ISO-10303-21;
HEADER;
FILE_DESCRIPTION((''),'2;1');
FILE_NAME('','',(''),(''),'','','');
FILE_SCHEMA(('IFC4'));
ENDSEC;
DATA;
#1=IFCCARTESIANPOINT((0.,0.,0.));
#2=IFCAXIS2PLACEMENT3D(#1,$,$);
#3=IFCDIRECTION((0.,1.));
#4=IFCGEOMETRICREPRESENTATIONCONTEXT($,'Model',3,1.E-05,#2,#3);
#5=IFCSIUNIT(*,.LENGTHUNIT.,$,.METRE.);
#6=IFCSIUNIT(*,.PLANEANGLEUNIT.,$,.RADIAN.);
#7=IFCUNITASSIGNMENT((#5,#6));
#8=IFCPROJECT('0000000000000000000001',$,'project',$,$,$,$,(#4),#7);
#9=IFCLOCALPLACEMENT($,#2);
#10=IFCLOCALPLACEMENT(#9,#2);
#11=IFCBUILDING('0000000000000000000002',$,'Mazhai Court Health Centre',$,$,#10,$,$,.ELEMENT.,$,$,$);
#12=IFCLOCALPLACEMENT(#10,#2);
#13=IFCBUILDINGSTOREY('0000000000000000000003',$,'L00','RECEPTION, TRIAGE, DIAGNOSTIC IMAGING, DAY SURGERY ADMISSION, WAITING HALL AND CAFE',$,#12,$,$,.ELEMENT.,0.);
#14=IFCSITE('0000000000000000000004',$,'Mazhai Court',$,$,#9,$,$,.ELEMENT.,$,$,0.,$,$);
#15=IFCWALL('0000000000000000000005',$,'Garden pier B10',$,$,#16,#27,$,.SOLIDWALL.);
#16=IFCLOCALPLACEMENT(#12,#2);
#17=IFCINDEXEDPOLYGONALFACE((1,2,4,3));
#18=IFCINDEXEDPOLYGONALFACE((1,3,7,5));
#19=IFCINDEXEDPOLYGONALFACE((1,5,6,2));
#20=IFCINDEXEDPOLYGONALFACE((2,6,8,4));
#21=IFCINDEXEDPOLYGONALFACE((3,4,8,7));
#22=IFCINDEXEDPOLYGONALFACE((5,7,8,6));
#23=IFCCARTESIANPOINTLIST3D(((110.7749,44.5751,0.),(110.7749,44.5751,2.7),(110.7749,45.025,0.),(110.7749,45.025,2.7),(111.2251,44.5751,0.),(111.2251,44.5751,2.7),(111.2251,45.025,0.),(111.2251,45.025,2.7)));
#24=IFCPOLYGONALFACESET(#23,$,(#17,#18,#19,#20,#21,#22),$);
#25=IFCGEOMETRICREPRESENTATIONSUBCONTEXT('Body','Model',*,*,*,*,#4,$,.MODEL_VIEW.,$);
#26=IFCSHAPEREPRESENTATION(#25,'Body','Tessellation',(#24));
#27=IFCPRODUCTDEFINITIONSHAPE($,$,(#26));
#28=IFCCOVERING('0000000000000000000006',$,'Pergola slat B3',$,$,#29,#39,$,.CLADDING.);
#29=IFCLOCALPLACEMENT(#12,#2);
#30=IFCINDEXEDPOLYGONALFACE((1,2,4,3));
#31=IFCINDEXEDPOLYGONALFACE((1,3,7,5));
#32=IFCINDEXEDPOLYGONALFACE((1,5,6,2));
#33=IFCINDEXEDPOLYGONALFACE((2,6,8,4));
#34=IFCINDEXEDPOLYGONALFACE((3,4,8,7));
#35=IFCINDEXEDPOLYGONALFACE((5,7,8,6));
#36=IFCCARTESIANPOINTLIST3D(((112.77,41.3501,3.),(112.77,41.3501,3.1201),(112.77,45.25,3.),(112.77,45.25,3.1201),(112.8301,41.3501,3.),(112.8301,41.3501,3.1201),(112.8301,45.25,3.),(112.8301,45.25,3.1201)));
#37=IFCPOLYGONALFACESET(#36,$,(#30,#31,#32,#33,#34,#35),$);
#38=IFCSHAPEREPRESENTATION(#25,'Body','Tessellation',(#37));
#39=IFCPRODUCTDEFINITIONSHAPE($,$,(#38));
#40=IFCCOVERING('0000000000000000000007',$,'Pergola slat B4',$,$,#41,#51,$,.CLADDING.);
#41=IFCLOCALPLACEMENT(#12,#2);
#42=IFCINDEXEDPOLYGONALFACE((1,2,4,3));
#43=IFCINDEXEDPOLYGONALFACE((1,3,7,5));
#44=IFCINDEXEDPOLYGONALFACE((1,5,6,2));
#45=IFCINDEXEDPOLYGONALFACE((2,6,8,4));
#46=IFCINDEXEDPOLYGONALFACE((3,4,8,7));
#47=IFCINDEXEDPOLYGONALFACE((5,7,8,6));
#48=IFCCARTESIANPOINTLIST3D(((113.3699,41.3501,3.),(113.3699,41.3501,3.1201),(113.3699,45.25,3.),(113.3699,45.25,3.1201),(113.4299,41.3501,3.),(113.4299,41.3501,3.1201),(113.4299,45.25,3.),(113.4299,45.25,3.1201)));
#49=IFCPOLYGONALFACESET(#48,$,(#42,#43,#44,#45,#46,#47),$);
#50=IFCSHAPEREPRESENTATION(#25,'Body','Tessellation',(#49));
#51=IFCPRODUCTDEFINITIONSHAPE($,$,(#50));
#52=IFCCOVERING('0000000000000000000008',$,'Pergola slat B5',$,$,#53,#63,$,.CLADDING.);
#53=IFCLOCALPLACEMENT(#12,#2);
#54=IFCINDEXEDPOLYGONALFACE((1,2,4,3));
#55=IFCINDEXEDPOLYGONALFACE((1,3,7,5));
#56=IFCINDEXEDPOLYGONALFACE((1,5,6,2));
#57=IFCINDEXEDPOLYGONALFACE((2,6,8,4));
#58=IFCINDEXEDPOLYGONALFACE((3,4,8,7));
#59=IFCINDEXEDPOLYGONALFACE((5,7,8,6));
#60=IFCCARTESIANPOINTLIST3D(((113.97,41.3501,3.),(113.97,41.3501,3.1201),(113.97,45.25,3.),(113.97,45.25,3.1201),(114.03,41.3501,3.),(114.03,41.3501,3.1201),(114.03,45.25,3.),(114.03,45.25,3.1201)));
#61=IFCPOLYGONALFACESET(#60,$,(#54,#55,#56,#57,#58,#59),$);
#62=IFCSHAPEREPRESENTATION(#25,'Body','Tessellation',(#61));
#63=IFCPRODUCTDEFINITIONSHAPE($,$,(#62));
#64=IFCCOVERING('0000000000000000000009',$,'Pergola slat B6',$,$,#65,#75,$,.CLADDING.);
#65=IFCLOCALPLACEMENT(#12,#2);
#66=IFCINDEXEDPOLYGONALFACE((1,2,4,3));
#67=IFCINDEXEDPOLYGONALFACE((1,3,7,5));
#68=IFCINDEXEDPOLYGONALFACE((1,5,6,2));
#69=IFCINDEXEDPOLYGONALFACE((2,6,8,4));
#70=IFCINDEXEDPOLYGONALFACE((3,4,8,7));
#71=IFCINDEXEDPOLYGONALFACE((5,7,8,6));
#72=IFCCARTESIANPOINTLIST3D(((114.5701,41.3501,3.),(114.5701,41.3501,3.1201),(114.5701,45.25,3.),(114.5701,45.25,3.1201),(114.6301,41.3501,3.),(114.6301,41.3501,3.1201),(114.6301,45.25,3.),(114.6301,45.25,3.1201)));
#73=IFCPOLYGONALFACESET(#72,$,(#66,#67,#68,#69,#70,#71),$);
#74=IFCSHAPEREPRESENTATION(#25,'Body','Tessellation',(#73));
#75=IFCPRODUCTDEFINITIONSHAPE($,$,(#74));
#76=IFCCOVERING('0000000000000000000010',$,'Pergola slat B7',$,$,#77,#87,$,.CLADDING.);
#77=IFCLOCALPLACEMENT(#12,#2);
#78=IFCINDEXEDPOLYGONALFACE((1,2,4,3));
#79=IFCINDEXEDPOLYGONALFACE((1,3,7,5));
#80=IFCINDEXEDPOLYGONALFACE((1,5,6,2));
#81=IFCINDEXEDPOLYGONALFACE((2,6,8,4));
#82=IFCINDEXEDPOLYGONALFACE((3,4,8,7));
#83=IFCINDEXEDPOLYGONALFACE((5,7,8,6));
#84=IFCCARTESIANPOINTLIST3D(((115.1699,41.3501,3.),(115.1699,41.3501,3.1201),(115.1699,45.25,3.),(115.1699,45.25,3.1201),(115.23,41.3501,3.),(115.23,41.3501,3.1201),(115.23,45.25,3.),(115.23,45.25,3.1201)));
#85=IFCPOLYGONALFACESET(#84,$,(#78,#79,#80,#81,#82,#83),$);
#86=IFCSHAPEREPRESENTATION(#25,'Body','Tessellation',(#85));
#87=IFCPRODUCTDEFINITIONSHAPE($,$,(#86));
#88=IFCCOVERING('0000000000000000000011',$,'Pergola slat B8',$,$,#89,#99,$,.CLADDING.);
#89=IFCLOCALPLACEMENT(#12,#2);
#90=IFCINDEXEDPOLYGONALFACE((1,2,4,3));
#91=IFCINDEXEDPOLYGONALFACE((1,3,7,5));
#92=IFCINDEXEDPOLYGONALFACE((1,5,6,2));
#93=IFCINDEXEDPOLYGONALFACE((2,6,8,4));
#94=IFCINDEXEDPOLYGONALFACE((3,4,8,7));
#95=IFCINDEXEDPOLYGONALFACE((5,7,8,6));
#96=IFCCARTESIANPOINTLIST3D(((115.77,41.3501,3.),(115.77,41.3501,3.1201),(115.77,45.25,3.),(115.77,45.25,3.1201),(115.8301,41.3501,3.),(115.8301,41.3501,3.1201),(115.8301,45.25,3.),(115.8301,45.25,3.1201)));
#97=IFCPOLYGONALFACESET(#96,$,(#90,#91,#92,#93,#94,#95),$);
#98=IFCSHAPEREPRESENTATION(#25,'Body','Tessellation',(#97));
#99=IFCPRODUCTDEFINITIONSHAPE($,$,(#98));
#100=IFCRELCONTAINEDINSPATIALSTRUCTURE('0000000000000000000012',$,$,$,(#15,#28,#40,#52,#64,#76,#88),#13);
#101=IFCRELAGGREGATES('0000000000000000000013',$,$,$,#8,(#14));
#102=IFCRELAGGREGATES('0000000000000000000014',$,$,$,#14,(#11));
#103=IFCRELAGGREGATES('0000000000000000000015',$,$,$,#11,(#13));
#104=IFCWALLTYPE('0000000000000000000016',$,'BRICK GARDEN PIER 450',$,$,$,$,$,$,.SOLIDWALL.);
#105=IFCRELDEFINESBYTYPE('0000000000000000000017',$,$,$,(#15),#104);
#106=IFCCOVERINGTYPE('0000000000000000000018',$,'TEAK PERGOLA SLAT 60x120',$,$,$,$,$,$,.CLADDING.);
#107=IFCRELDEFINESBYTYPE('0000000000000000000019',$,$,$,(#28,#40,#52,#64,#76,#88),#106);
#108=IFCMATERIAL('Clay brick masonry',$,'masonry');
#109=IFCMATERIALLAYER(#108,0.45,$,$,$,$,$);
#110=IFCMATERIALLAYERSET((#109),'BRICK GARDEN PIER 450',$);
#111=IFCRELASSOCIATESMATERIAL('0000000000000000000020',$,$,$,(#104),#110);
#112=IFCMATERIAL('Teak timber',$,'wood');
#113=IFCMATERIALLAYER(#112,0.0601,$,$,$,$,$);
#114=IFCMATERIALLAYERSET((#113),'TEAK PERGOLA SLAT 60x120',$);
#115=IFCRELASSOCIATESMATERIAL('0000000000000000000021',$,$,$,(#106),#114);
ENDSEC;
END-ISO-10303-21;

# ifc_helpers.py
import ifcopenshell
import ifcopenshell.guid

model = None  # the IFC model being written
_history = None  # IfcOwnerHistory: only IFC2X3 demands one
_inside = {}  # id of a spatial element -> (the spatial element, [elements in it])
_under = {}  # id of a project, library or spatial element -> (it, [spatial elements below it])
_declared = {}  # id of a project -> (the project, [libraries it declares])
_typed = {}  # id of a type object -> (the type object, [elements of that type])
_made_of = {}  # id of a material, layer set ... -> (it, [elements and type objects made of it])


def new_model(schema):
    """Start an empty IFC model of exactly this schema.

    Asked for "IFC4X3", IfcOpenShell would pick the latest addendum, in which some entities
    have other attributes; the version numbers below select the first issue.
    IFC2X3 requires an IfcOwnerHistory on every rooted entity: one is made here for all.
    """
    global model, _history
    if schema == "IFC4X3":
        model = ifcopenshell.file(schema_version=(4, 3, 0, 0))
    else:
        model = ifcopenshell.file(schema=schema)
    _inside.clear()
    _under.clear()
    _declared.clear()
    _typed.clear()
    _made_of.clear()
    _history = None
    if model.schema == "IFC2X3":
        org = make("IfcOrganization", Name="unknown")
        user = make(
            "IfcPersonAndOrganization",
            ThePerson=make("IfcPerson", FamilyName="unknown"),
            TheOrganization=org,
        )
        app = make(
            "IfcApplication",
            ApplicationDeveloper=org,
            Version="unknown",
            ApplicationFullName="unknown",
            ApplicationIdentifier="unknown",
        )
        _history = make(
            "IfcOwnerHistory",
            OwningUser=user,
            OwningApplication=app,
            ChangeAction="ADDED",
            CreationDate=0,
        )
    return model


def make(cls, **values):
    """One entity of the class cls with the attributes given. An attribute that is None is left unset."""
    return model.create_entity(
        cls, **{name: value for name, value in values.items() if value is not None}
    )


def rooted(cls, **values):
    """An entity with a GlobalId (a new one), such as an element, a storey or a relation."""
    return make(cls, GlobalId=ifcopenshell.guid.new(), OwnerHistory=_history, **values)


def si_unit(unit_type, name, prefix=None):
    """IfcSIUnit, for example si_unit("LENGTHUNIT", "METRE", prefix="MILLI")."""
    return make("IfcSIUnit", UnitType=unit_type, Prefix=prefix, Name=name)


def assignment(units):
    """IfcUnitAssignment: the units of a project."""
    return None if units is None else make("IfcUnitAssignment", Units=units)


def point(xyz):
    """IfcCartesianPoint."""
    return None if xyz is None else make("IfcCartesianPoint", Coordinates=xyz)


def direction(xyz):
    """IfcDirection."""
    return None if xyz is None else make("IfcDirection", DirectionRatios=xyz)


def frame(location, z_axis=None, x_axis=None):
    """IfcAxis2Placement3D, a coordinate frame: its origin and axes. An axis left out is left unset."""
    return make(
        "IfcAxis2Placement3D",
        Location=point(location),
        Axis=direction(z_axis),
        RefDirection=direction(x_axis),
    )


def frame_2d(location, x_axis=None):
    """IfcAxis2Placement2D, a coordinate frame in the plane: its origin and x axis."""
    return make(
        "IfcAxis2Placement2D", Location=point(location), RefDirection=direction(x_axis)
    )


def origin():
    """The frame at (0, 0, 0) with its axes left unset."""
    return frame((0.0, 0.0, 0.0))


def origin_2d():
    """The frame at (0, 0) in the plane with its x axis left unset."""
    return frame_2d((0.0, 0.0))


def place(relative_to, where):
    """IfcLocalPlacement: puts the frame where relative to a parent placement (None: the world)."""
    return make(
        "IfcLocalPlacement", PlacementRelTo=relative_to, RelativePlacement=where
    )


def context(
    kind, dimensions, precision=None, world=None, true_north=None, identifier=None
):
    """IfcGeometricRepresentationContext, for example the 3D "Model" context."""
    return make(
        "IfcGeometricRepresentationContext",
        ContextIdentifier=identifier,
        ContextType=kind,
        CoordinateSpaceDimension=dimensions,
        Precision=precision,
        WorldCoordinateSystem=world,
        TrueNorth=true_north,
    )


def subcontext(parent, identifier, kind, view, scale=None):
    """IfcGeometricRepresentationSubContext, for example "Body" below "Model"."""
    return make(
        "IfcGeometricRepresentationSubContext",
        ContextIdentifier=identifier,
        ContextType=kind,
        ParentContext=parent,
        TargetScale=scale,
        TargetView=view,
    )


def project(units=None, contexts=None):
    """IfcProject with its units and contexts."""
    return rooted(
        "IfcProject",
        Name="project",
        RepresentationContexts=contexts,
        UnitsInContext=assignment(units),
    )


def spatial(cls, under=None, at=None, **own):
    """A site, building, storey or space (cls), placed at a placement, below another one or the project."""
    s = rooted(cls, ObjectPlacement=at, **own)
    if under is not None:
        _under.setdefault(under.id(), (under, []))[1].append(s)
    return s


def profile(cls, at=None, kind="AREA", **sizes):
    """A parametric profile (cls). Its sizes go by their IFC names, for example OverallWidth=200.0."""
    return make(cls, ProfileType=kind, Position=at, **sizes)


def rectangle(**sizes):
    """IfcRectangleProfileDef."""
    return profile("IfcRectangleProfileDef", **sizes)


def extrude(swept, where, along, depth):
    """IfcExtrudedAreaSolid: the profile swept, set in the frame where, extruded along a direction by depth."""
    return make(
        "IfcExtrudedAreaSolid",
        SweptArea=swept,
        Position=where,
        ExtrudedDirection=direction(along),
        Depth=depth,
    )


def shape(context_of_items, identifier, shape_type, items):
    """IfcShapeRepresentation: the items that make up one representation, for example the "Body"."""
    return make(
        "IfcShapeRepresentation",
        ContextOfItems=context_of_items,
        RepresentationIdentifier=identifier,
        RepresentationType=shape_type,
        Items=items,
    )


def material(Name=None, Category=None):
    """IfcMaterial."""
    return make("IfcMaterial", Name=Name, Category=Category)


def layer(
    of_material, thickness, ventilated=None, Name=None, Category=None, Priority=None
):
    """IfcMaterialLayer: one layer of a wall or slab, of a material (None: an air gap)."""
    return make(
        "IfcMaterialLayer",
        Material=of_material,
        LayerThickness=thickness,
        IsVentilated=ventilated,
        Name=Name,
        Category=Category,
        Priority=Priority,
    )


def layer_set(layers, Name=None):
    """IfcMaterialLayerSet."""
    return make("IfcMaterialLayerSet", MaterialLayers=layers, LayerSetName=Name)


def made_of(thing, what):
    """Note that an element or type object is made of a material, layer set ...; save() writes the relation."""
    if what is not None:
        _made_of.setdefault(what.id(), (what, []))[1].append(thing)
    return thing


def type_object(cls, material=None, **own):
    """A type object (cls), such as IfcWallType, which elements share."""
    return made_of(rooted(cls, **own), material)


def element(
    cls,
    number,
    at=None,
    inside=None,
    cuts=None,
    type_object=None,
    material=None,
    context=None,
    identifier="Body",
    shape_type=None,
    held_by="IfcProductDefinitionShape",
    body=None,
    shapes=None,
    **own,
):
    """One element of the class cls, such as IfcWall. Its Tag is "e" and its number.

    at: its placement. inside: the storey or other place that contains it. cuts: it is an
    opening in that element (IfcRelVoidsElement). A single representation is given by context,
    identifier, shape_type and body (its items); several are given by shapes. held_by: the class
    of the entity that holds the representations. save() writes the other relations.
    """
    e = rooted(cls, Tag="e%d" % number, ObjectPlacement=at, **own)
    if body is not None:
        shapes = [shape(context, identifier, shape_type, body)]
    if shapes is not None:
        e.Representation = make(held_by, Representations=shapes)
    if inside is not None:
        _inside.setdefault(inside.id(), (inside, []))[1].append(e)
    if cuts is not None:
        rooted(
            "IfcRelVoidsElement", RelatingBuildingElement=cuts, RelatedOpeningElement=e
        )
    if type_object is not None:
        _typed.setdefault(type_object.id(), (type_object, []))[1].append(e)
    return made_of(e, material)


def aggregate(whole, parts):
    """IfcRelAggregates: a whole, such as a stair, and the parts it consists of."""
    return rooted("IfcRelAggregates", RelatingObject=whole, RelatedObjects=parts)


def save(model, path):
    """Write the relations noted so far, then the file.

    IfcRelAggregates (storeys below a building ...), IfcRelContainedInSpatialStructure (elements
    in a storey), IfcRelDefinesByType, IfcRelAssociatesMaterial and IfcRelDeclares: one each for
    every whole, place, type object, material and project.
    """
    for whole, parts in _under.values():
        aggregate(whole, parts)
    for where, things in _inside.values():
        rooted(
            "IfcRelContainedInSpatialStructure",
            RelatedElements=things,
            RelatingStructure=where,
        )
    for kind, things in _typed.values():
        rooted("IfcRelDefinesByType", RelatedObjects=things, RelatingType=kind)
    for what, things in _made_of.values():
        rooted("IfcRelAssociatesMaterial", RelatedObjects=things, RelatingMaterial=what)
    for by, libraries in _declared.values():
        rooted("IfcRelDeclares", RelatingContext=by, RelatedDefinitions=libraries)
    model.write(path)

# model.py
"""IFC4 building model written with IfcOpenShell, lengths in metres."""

from ifc_helpers import new_model, si_unit, direction, frame, frame_2d, origin, origin_2d, place, context, subcontext, project, spatial, rectangle, extrude, material, layer, layer_set, type_object, element, save


model = new_model("IFC4")

# Units and contexts
model_context = context("Model", 3, precision=1e-05, world=origin(), true_north=direction((0.0, 1.0)))
body_context = subcontext(model_context, "Body", "Model", "MODEL_VIEW")
ifc_project = project(units=[si_unit("LENGTHUNIT", "METRE"), si_unit("PLANEANGLEUNIT", "RADIAN")], contexts=[model_context])

# Site, building, storey
site_placement = place(None, origin())
site = spatial("IfcSite", under=ifc_project, at=site_placement, Name="Mazhai Court", CompositionType="ELEMENT", RefElevation=0.0)
building_placement = place(site_placement, origin())
building = spatial("IfcBuilding", under=site, at=building_placement, Name="Mazhai Court Health Centre", CompositionType="ELEMENT")
storey_placement = place(building_placement, origin())
storey = spatial("IfcBuildingStorey", under=building, at=storey_placement, Name="L00", Description="RECEPTION, TRIAGE, DIAGNOSTIC IMAGING, DAY SURGERY ADMISSION, WAITING HALL AND CAFE", CompositionType="ELEMENT", Elevation=0.0)

# Wall
ifc_material_1 = material(Name="Clay brick masonry", Category="masonry")
ifc_layer_1 = layer(ifc_material_1, 0.45)
ifc_layer_set_1 = layer_set([ifc_layer_1], Name="BRICK GARDEN PIER 450")
wall_type = type_object("IfcWallType", Name="BRICK GARDEN PIER 450", PredefinedType="SOLIDWALL", material=ifc_layer_set_1)
wall_placement = place(storey_placement, frame((110.7749, 44.8, 0.0), z_axis=(0.0, 0.0, 1.0), x_axis=(1.0, 0.0, 0.0)))
element("IfcWall", 1, at=wall_placement, inside=storey, type_object=wall_type, Name="Garden pier B10", PredefinedType="SOLIDWALL", context=body_context, shape_type="SweptSolid", body=[
    extrude(rectangle(XDim=0.4502, YDim=0.45, at=frame_2d((0.2251, 0.0))), origin(), (0.0, 0.0, 1.0), 2.7),
])

# Coverings
ifc_material_2 = material(Name="Teak timber", Category="wood")
ifc_layer_2 = layer(ifc_material_2, 0.0601)
ifc_layer_set_2 = layer_set([ifc_layer_2], Name="TEAK PERGOLA SLAT 60x120")
covering_type = type_object("IfcCoveringType", Name="TEAK PERGOLA SLAT 60x120", PredefinedType="CLADDING", material=ifc_layer_set_2)
for number, where, z_axis, x_axis, name in (
    (2, (112.8, 43.3, 3.0), (0.0, 0.0, 1.0), (1.0, 0.0, 0.0), "Pergola slat B3"),
    (3, (113.3999, 43.3, 3.0), (0.0, 0.0, 1.0), (1.0, 0.0, 0.0), "Pergola slat B4"),
    (4, (114.0, 43.3, 3.0), (0.0, 0.0, 1.0), (1.0, 0.0, 0.0), "Pergola slat B5"),
    (5, (114.6001, 43.3, 3.0), (0.0, 0.0, 1.0), (1.0, 0.0, 0.0), "Pergola slat B6"),
    (6, (115.2, 43.3, 3.0), (0.0, 0.0, 1.0), (1.0, 0.0, 0.0), "Pergola slat B7"),
    (7, (115.8, 43.3, 3.0), (0.0, 0.0, 1.0), (1.0, 0.0, 0.0), "Pergola slat B8"),
):
    element("IfcCovering", number, at=place(storey_placement, frame(where, z_axis=z_axis, x_axis=x_axis)), inside=storey, type_object=covering_type, Name=name, PredefinedType="CLADDING", context=body_context, shape_type="SweptSolid", body=[
        extrude(rectangle(XDim=0.0601, YDim=3.8999, at=origin_2d()), origin(), (0.0, 0.0, 1.0), 0.1201),
    ])

save(model, "model.ifc")
